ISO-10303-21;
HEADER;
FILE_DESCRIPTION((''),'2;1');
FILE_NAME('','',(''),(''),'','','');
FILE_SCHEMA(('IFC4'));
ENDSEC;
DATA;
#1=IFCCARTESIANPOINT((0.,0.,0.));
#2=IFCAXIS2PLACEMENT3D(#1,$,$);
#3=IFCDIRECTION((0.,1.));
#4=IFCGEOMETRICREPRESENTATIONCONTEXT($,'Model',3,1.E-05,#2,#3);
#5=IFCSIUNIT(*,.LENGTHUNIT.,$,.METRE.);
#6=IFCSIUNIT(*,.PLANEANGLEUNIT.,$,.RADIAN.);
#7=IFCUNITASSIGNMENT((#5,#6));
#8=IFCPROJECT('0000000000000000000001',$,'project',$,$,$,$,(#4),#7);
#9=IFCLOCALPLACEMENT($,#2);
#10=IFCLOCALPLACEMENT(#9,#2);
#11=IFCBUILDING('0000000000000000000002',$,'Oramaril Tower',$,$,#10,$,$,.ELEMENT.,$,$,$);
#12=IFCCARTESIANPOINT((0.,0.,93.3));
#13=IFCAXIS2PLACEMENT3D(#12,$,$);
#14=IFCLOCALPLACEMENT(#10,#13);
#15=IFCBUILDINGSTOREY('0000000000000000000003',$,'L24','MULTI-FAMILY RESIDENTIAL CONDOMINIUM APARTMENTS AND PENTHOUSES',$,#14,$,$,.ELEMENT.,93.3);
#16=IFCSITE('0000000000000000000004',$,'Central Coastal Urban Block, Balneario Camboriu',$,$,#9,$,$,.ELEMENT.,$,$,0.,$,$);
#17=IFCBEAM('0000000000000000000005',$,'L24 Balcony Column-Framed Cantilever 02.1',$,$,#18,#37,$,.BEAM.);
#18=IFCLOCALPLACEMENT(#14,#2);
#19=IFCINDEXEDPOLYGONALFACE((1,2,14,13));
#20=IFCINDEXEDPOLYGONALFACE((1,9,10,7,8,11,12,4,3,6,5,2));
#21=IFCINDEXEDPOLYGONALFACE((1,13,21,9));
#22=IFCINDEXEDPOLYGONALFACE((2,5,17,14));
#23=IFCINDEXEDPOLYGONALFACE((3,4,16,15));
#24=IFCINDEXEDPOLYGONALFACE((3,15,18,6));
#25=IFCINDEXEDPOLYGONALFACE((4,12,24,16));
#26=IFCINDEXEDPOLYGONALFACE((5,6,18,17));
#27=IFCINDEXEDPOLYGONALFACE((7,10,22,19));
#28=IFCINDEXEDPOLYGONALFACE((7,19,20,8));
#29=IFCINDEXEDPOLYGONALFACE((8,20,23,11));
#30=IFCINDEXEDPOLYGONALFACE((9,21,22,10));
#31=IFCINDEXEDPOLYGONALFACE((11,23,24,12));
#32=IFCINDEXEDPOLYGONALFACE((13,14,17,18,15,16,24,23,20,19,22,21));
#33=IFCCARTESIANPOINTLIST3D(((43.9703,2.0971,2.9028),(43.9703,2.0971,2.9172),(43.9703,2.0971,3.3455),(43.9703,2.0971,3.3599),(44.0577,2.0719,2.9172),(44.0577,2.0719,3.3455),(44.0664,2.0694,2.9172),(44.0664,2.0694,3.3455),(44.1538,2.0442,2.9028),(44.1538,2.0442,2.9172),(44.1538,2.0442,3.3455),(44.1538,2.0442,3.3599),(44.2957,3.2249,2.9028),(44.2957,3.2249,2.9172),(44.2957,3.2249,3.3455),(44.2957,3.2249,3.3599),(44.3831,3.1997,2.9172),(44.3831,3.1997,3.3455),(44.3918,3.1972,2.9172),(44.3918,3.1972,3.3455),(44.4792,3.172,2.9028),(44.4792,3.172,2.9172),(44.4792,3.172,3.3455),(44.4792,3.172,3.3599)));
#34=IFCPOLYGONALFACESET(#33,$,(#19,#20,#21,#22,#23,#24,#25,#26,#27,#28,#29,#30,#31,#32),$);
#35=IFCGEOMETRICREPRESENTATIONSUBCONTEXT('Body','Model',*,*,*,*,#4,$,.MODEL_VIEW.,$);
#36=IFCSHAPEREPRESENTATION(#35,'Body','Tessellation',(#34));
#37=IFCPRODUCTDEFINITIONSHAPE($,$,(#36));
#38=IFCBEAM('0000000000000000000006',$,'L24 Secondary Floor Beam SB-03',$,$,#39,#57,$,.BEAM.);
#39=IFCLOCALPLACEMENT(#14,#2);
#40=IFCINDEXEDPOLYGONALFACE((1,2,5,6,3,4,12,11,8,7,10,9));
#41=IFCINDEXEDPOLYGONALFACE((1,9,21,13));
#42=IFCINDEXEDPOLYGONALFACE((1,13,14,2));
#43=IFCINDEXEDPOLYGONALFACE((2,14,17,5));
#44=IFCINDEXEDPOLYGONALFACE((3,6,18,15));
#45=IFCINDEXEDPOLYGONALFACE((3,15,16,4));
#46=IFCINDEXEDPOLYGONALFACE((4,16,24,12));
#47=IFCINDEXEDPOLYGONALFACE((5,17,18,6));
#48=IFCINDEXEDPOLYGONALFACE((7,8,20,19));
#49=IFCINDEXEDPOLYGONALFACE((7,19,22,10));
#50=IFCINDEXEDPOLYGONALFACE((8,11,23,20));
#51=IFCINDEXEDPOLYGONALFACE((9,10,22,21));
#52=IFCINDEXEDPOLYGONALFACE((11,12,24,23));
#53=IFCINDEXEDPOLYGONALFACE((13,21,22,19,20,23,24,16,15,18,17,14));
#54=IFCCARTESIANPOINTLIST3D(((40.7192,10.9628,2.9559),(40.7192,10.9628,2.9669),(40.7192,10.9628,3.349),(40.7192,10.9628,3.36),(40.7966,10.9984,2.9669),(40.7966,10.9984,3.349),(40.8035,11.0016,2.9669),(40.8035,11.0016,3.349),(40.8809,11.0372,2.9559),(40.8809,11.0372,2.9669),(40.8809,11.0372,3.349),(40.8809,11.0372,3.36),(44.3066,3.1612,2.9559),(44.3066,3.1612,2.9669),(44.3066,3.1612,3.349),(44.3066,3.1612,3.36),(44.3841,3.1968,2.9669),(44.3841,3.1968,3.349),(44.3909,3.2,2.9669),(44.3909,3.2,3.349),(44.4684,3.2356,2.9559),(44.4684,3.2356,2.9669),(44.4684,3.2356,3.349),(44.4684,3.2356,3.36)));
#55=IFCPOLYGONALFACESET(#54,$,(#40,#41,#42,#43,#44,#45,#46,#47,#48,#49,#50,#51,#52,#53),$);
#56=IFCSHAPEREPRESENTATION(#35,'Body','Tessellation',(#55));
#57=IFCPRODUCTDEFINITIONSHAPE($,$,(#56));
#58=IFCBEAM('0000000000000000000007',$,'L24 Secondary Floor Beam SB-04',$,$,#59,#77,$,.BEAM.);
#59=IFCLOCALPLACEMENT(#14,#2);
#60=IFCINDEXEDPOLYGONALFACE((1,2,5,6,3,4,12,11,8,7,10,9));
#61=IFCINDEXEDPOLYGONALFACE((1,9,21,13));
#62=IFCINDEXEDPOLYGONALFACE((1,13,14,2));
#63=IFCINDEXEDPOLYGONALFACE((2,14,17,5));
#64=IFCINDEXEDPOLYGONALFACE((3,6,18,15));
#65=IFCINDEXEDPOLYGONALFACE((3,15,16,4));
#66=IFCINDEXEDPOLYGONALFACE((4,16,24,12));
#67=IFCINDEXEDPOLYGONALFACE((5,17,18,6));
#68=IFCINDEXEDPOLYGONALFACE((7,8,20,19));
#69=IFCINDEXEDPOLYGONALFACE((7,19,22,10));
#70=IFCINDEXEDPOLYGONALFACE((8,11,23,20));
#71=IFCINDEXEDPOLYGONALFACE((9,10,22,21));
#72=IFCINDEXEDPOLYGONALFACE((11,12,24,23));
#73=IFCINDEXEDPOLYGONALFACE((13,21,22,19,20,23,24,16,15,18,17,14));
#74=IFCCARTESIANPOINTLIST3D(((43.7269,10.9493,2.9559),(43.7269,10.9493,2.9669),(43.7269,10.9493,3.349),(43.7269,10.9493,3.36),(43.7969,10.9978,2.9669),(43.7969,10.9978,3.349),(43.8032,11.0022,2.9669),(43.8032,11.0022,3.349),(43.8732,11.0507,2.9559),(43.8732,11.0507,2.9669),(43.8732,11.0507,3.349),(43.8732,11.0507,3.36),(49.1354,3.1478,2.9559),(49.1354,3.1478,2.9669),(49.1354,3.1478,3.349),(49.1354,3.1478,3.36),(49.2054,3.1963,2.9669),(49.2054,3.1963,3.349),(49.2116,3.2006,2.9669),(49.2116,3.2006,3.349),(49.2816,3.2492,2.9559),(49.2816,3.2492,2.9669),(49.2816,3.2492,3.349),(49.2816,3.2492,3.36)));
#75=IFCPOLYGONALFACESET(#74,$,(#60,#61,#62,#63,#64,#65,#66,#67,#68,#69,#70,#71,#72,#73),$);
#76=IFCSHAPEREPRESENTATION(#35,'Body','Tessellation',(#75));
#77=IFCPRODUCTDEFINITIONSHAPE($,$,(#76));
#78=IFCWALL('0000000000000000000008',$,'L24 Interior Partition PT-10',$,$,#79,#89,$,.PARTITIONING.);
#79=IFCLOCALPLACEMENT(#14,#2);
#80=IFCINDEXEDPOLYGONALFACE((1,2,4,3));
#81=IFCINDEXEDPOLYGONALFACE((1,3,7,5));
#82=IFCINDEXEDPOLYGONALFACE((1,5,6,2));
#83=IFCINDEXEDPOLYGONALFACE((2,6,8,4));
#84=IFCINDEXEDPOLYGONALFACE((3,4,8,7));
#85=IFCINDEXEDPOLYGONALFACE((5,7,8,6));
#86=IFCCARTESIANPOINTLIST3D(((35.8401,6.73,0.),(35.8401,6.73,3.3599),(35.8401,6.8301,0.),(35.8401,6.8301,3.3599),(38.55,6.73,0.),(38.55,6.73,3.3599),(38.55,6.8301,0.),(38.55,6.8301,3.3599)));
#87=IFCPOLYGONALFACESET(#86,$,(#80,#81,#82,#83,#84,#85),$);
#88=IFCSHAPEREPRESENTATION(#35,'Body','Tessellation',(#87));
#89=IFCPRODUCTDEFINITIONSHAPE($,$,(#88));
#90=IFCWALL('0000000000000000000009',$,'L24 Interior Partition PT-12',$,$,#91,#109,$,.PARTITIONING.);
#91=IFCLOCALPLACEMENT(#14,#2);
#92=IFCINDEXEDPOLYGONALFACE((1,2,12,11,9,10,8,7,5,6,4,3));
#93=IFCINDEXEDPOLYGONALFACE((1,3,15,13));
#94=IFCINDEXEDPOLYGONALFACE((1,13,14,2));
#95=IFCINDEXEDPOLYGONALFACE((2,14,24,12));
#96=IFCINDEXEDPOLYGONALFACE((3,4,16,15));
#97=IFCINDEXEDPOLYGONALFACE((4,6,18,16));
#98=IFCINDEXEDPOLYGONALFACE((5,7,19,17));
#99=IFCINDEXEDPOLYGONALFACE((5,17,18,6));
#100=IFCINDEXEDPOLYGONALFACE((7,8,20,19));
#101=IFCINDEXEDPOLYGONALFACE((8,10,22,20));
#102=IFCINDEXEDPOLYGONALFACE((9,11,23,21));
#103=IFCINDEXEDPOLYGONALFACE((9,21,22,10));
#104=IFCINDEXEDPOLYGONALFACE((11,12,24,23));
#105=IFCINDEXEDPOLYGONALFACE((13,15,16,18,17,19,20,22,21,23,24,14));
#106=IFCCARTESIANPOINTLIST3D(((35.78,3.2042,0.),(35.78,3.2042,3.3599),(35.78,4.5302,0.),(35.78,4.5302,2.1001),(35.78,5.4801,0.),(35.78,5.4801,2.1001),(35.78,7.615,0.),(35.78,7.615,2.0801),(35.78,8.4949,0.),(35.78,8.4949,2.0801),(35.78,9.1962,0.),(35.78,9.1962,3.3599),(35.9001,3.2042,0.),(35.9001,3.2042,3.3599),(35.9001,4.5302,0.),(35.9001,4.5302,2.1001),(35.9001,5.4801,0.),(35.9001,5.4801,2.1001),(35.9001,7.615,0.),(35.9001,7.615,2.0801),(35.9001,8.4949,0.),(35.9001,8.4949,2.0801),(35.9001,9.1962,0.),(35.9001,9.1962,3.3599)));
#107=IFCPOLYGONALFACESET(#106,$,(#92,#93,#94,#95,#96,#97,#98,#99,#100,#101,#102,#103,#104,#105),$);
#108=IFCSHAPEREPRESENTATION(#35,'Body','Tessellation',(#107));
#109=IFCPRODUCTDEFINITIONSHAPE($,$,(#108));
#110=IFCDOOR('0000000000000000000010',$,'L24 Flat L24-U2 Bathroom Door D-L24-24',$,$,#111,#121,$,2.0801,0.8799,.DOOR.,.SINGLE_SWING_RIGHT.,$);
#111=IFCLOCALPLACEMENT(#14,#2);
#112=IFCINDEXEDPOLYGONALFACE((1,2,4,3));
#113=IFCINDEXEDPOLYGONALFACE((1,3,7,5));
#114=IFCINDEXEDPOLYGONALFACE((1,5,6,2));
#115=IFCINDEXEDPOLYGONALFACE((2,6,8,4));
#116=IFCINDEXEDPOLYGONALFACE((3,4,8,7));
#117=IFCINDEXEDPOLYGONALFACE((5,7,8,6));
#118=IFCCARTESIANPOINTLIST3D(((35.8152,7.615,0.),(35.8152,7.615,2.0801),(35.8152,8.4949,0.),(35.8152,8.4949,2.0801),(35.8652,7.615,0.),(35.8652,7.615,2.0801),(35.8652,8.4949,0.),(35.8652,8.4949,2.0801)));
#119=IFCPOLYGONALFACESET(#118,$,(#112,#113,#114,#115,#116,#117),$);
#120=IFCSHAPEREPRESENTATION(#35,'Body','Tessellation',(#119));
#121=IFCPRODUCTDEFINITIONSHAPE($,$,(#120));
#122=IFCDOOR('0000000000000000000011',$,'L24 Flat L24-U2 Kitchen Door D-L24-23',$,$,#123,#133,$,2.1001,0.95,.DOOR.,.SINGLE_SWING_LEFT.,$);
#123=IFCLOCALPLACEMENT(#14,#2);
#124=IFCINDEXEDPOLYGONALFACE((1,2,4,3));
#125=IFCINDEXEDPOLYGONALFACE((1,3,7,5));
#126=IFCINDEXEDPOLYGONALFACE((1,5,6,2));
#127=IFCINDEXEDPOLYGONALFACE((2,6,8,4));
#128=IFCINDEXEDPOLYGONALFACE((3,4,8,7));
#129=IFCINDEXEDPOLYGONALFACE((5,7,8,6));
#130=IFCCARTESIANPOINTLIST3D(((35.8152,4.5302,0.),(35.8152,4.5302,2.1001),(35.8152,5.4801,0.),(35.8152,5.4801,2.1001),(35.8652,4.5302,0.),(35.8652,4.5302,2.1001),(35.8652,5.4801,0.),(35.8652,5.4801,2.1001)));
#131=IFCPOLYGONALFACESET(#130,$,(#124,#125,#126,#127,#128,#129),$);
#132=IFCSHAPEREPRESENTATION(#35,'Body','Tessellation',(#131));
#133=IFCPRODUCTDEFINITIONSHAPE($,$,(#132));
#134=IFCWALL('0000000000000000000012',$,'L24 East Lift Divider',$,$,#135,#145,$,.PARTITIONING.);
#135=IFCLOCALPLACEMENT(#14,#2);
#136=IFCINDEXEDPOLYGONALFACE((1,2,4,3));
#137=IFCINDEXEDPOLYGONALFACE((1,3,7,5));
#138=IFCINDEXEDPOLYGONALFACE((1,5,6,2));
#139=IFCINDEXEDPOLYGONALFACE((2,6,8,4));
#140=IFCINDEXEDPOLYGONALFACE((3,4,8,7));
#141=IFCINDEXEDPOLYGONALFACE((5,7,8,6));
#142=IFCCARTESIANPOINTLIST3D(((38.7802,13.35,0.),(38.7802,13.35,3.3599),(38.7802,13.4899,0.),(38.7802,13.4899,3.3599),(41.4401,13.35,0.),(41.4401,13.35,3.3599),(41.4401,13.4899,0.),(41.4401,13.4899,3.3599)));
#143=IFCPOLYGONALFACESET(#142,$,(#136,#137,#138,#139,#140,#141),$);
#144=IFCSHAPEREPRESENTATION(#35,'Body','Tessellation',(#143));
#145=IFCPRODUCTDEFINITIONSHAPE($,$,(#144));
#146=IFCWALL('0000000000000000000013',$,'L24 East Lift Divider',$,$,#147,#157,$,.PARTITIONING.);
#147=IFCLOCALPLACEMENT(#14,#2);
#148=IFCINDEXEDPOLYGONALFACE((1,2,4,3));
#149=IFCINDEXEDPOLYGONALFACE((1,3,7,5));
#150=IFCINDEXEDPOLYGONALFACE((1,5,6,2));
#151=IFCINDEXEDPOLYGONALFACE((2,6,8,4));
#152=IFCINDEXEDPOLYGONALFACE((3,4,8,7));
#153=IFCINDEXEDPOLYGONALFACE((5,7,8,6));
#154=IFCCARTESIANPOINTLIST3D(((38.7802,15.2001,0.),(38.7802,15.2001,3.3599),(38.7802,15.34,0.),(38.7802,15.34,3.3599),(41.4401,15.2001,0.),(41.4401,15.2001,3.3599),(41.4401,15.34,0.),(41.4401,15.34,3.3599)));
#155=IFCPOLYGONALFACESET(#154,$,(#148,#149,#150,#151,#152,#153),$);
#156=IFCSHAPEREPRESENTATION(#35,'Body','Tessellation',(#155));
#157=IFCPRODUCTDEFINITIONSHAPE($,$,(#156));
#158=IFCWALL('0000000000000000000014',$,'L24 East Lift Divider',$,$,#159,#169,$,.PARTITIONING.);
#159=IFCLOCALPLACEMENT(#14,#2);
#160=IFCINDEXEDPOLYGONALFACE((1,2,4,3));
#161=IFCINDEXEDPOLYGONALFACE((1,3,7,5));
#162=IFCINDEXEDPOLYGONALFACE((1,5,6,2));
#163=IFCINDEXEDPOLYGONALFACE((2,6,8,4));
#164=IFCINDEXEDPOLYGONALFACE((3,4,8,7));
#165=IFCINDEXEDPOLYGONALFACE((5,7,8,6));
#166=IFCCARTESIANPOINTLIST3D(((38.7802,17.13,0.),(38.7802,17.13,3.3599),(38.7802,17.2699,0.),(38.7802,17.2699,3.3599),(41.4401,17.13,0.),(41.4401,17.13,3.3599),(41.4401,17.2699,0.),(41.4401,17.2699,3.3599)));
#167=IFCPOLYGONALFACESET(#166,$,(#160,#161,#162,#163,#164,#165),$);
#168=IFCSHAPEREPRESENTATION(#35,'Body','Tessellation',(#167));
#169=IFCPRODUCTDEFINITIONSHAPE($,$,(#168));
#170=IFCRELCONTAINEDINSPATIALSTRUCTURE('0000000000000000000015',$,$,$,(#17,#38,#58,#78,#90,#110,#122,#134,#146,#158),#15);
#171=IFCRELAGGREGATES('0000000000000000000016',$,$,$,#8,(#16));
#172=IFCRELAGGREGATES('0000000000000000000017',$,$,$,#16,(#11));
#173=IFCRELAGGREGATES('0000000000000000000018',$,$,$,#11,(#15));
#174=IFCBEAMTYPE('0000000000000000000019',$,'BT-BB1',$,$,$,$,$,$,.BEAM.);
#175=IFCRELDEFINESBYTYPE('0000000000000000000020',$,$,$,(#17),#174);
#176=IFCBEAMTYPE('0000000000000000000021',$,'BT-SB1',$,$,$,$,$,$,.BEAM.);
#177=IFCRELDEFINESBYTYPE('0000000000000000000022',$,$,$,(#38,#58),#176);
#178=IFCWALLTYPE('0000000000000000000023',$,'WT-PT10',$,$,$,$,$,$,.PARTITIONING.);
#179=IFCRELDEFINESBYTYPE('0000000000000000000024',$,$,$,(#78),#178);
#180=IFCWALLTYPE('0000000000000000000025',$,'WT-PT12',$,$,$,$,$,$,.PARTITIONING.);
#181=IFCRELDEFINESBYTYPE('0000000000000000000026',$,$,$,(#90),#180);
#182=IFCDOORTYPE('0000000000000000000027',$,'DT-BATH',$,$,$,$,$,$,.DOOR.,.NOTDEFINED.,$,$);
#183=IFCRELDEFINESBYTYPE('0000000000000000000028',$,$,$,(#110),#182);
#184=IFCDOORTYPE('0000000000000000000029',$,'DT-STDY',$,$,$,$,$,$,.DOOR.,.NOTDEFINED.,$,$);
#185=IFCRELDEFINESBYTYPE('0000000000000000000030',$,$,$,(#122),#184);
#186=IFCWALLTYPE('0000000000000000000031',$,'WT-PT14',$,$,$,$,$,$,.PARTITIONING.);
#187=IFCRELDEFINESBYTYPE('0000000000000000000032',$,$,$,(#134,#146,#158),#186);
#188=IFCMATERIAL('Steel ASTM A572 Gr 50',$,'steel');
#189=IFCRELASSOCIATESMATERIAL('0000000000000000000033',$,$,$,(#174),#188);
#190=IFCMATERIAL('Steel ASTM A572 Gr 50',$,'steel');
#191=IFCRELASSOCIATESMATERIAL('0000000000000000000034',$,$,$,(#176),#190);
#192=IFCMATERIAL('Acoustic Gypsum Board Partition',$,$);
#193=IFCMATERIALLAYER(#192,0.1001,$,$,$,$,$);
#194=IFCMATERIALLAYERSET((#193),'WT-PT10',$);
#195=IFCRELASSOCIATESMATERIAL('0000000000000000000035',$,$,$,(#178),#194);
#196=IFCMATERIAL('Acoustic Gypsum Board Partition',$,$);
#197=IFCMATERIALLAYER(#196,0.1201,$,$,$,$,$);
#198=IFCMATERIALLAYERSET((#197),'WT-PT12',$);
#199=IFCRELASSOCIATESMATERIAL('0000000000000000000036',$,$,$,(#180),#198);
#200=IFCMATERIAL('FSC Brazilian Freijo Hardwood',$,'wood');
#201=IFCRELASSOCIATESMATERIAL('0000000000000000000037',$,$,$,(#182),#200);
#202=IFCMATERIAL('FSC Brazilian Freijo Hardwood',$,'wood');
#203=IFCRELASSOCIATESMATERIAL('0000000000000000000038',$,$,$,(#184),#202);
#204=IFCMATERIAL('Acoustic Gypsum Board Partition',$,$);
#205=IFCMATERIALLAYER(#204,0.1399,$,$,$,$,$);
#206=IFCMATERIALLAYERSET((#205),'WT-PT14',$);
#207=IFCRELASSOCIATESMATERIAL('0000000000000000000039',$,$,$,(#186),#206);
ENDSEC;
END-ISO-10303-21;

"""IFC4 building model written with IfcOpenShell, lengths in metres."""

from ifc_helpers import new_model, si_unit, direction, frame, frame_2d, origin, origin_2d, place, context, subcontext, project, spatial, rectangle, i_section, extrude, material, layer, layer_set, material_profile, profile_set, type_object, element, fill, save


model = new_model("IFC4")

# Units and contexts
model_context = context("Model", 3, precision=1e-05, world=origin(), true_north=direction((0.0, 1.0)))
body_context = subcontext(model_context, "Body", "Model", "MODEL_VIEW")
ifc_project = project(units=[si_unit("LENGTHUNIT", "METRE"), si_unit("PLANEANGLEUNIT", "RADIAN")], contexts=[model_context])

# Site, building, storey
site_placement = place(None, origin())
site = spatial("IfcSite", under=ifc_project, at=site_placement, Name="Central Coastal Urban Block, Balneario Camboriu", CompositionType="ELEMENT", RefElevation=0.0)
building_placement = place(site_placement, origin())
building = spatial("IfcBuilding", under=site, at=building_placement, Name="Oramaril Tower", CompositionType="ELEMENT")
storey_placement = place(building_placement, frame((0.0, 0.0, 93.3)))
storey = spatial("IfcBuildingStorey", under=building, at=storey_placement, Name="L24", Description="MULTI-FAMILY RESIDENTIAL CONDOMINIUM APARTMENTS AND PENTHOUSES", CompositionType="ELEMENT", Elevation=93.3)

# Beams
ifc_material_1 = material(Name="Steel ASTM A572 Gr 50", Category="steel")
ifc_material_profile_1 = material_profile(ifc_material_1, i_section(OverallWidth=0.1909, OverallDepth=0.457, WebThickness=0.009, FlangeThickness=0.0144, at=origin_2d()), Name="W18X50")
ifc_profile_set_1 = profile_set([ifc_material_profile_1], Name="Steel ASTM A572 Gr 50")
beam_type_1 = type_object("IfcBeamType", Name="BT-BB1", PredefinedType="BEAM", material=ifc_profile_set_1)
beam_1_placement = place(storey_placement, frame((44.3875, 3.1985, 3.1313), z_axis=(-0.27722, -0.960807, 0.0), x_axis=(0.960807, -0.27722, 0.0)))
element("IfcBeam", 1, at=beam_1_placement, inside=storey, type_object=beam_type_1, Name="L24 Balcony Column-Framed Cantilever 02.1", PredefinedType="BEAM", context=body_context, shape_type="SweptSolid", body=[
    extrude(i_section(OverallWidth=0.1909, OverallDepth=0.457, WebThickness=0.009, FlangeThickness=0.0144, at=origin_2d()), origin(), (0.0, 0.0, 1.0), 1.1738),
])
ifc_material_2 = material(Name="Steel ASTM A572 Gr 50", Category="steel")
ifc_material_profile_2 = material_profile(ifc_material_2, i_section(OverallWidth=0.178, OverallDepth=0.4041, WebThickness=0.0076, FlangeThickness=0.011, at=origin_2d()), Name="W16X36")
ifc_profile_set_2 = profile_set([ifc_material_profile_2], Name="Steel ASTM A572 Gr 50")
beam_type_2 = type_object("IfcBeamType", Name="BT-SB1", PredefinedType="BEAM", material=ifc_profile_set_2)
beam_2_placement = place(storey_placement, frame((40.8, 11.0, 3.158), z_axis=(0.417781, -0.908548, 0.0), x_axis=(0.908548, 0.417781, 0.0)))
element("IfcBeam", 2, at=beam_2_placement, inside=storey, type_object=beam_type_2, Name="L24 Secondary Floor Beam SB-03", PredefinedType="BEAM", context=body_context, shape_type="SweptSolid", body=[
    extrude(i_section(OverallWidth=0.178, OverallDepth=0.4041, WebThickness=0.0076, FlangeThickness=0.011, at=origin_2d()), origin(), (0.0, 0.0, 1.0), 8.5869),
])
beam_3_placement = place(storey_placement, frame((43.8, 11.0, 3.158), z_axis=(0.569737, -0.821827, 0.0), x_axis=(0.821827, 0.569737, 0.0)))
element("IfcBeam", 3, at=beam_3_placement, inside=storey, type_object=beam_type_2, Name="L24 Secondary Floor Beam SB-04", PredefinedType="BEAM", context=body_context, shape_type="SweptSolid", body=[
    extrude(i_section(OverallWidth=0.178, OverallDepth=0.4041, WebThickness=0.0076, FlangeThickness=0.011, at=origin_2d()), origin(), (0.0, 0.0, 1.0), 9.4929),
])

# Wall
ifc_material_3 = material(Name="Acoustic Gypsum Board Partition")
ifc_layer_1 = layer(ifc_material_3, 0.1001)
ifc_layer_set_1 = layer_set([ifc_layer_1], Name="WT-PT10")
wall_type_1 = type_object("IfcWallType", Name="WT-PT10", PredefinedType="PARTITIONING", material=ifc_layer_set_1)
wall_1_placement = place(storey_placement, frame((35.8401, 6.78, 0.0), z_axis=(0.0, 0.0, 1.0), x_axis=(1.0, 0.0, 0.0)))
element("IfcWall", 4, at=wall_1_placement, inside=storey, type_object=wall_type_1, Name="L24 Interior Partition PT-10", PredefinedType="PARTITIONING", context=body_context, shape_type="SweptSolid", body=[
    extrude(rectangle(XDim=2.71, YDim=0.1001, at=frame_2d((1.355, 0.0))), origin(), (0.0, 0.0, 1.0), 3.3599),
])

# Wall, openings, doors
ifc_material_4 = material(Name="Acoustic Gypsum Board Partition")
ifc_layer_2 = layer(ifc_material_4, 0.1201)
ifc_layer_set_2 = layer_set([ifc_layer_2], Name="WT-PT12")
wall_type_2 = type_object("IfcWallType", Name="WT-PT12", PredefinedType="PARTITIONING", material=ifc_layer_set_2)
wall_2_placement = place(storey_placement, frame((35.8401, 3.2041, 0.0), z_axis=(0.0, 0.0, 1.0), x_axis=(0.0, 1.0, 0.0)))
wall_2 = element("IfcWall", 5, at=wall_2_placement, inside=storey, type_object=wall_type_2, Name="L24 Interior Partition PT-12", PredefinedType="PARTITIONING", context=body_context, shape_type="SweptSolid", body=[
    extrude(rectangle(XDim=5.9919, YDim=0.1201, at=frame_2d((2.9961, 0.0))), origin(), (0.0, 0.0, 1.0), 3.3599),
])
opening_1_placement = place(wall_2_placement, frame((1.3259, 0.0, 0.0)))
opening_1 = element("IfcOpeningElement", 6, at=opening_1_placement, cuts=wall_2, PredefinedType="OPENING", context=body_context, shape_type="SweptSolid", body=[
    extrude(rectangle(XDim=0.95, YDim=2.1001, at=frame_2d((0.4751, 1.05))), frame((0.0, 0.0601, 0.0), z_axis=(0.0, -1.0, 0.0), x_axis=(1.0, 0.0, 0.0)), (0.0, 0.0, 1.0), 0.1201),
])
opening_2_placement = place(wall_2_placement, frame((4.4109, 0.0, 0.0)))
opening_2 = element("IfcOpeningElement", 7, at=opening_2_placement, cuts=wall_2, PredefinedType="OPENING", context=body_context, shape_type="SweptSolid", body=[
    extrude(rectangle(XDim=0.8799, YDim=2.0801, at=frame_2d((0.4399, 1.04))), frame((0.0, 0.0601, 0.0), z_axis=(0.0, -1.0, 0.0), x_axis=(1.0, 0.0, 0.0)), (0.0, 0.0, 1.0), 0.1201),
])
ifc_material_5 = material(Name="FSC Brazilian Freijo Hardwood", Category="wood")
door_type_1 = type_object("IfcDoorType", Name="DT-BATH", OperationType="NOTDEFINED", PredefinedType="DOOR", material=ifc_material_5)
door_1_placement = place(opening_2_placement, origin())
door_1 = element("IfcDoor", 8, at=door_1_placement, inside=storey, type_object=door_type_1, Name="L24 Flat L24-U2 Bathroom Door D-L24-24", OperationType="SINGLE_SWING_RIGHT", OverallHeight=2.0801, OverallWidth=0.8799, PredefinedType="DOOR", context=body_context, shape_type="SweptSolid", body=[
    extrude(rectangle(XDim=0.8799, YDim=2.0801, at=frame_2d((0.4399, 1.04))), frame((0.0, 0.0249, 0.0), z_axis=(0.0, -1.0, 0.0), x_axis=(1.0, 0.0, 0.0)), (0.0, 0.0, 1.0), 0.05),
])
fill(opening_2, door_1)
ifc_material_6 = material(Name="FSC Brazilian Freijo Hardwood", Category="wood")
door_type_2 = type_object("IfcDoorType", Name="DT-STDY", OperationType="NOTDEFINED", PredefinedType="DOOR", material=ifc_material_6)
door_2_placement = place(opening_1_placement, origin())
door_2 = element("IfcDoor", 9, at=door_2_placement, inside=storey, type_object=door_type_2, Name="L24 Flat L24-U2 Kitchen Door D-L24-23", OperationType="SINGLE_SWING_LEFT", OverallHeight=2.1001, OverallWidth=0.95, PredefinedType="DOOR", context=body_context, shape_type="SweptSolid", body=[
    extrude(rectangle(XDim=0.95, YDim=2.1001, at=frame_2d((0.4751, 1.05))), frame((0.0, 0.0249, 0.0), z_axis=(0.0, -1.0, 0.0), x_axis=(1.0, 0.0, 0.0)), (0.0, 0.0, 1.0), 0.05),
])
fill(opening_1, door_2)

# Walls
ifc_material_7 = material(Name="Acoustic Gypsum Board Partition")
ifc_layer_3 = layer(ifc_material_7, 0.1399)
ifc_layer_set_3 = layer_set([ifc_layer_3], Name="WT-PT14")
wall_type_3 = type_object("IfcWallType", Name="WT-PT14", PredefinedType="PARTITIONING", material=ifc_layer_set_3)
for number, where, z_axis, x_axis, name in (
    (10, (38.78, 13.4199, 0.0), (0.0, 0.0, 1.0), (1.0, 0.0, 0.0), "L24 East Lift Divider"),
    (11, (38.78, 15.27, 0.0), (0.0, 0.0, 1.0), (1.0, 0.0, 0.0), "L24 East Lift Divider"),
    (12, (38.78, 17.2, 0.0), (0.0, 0.0, 1.0), (1.0, 0.0, 0.0), "L24 East Lift Divider"),
):
    element("IfcWall", number, at=place(storey_placement, frame(where, z_axis=z_axis, x_axis=x_axis)), inside=storey, type_object=wall_type_3, Name=name, PredefinedType="PARTITIONING", context=body_context, shape_type="SweptSolid", body=[
        extrude(rectangle(XDim=2.6599, YDim=0.1399, at=frame_2d((1.3301, 0.0))), origin(), (0.0, 0.0, 1.0), 3.3599),
    ])

save(model, "model.ifc")
